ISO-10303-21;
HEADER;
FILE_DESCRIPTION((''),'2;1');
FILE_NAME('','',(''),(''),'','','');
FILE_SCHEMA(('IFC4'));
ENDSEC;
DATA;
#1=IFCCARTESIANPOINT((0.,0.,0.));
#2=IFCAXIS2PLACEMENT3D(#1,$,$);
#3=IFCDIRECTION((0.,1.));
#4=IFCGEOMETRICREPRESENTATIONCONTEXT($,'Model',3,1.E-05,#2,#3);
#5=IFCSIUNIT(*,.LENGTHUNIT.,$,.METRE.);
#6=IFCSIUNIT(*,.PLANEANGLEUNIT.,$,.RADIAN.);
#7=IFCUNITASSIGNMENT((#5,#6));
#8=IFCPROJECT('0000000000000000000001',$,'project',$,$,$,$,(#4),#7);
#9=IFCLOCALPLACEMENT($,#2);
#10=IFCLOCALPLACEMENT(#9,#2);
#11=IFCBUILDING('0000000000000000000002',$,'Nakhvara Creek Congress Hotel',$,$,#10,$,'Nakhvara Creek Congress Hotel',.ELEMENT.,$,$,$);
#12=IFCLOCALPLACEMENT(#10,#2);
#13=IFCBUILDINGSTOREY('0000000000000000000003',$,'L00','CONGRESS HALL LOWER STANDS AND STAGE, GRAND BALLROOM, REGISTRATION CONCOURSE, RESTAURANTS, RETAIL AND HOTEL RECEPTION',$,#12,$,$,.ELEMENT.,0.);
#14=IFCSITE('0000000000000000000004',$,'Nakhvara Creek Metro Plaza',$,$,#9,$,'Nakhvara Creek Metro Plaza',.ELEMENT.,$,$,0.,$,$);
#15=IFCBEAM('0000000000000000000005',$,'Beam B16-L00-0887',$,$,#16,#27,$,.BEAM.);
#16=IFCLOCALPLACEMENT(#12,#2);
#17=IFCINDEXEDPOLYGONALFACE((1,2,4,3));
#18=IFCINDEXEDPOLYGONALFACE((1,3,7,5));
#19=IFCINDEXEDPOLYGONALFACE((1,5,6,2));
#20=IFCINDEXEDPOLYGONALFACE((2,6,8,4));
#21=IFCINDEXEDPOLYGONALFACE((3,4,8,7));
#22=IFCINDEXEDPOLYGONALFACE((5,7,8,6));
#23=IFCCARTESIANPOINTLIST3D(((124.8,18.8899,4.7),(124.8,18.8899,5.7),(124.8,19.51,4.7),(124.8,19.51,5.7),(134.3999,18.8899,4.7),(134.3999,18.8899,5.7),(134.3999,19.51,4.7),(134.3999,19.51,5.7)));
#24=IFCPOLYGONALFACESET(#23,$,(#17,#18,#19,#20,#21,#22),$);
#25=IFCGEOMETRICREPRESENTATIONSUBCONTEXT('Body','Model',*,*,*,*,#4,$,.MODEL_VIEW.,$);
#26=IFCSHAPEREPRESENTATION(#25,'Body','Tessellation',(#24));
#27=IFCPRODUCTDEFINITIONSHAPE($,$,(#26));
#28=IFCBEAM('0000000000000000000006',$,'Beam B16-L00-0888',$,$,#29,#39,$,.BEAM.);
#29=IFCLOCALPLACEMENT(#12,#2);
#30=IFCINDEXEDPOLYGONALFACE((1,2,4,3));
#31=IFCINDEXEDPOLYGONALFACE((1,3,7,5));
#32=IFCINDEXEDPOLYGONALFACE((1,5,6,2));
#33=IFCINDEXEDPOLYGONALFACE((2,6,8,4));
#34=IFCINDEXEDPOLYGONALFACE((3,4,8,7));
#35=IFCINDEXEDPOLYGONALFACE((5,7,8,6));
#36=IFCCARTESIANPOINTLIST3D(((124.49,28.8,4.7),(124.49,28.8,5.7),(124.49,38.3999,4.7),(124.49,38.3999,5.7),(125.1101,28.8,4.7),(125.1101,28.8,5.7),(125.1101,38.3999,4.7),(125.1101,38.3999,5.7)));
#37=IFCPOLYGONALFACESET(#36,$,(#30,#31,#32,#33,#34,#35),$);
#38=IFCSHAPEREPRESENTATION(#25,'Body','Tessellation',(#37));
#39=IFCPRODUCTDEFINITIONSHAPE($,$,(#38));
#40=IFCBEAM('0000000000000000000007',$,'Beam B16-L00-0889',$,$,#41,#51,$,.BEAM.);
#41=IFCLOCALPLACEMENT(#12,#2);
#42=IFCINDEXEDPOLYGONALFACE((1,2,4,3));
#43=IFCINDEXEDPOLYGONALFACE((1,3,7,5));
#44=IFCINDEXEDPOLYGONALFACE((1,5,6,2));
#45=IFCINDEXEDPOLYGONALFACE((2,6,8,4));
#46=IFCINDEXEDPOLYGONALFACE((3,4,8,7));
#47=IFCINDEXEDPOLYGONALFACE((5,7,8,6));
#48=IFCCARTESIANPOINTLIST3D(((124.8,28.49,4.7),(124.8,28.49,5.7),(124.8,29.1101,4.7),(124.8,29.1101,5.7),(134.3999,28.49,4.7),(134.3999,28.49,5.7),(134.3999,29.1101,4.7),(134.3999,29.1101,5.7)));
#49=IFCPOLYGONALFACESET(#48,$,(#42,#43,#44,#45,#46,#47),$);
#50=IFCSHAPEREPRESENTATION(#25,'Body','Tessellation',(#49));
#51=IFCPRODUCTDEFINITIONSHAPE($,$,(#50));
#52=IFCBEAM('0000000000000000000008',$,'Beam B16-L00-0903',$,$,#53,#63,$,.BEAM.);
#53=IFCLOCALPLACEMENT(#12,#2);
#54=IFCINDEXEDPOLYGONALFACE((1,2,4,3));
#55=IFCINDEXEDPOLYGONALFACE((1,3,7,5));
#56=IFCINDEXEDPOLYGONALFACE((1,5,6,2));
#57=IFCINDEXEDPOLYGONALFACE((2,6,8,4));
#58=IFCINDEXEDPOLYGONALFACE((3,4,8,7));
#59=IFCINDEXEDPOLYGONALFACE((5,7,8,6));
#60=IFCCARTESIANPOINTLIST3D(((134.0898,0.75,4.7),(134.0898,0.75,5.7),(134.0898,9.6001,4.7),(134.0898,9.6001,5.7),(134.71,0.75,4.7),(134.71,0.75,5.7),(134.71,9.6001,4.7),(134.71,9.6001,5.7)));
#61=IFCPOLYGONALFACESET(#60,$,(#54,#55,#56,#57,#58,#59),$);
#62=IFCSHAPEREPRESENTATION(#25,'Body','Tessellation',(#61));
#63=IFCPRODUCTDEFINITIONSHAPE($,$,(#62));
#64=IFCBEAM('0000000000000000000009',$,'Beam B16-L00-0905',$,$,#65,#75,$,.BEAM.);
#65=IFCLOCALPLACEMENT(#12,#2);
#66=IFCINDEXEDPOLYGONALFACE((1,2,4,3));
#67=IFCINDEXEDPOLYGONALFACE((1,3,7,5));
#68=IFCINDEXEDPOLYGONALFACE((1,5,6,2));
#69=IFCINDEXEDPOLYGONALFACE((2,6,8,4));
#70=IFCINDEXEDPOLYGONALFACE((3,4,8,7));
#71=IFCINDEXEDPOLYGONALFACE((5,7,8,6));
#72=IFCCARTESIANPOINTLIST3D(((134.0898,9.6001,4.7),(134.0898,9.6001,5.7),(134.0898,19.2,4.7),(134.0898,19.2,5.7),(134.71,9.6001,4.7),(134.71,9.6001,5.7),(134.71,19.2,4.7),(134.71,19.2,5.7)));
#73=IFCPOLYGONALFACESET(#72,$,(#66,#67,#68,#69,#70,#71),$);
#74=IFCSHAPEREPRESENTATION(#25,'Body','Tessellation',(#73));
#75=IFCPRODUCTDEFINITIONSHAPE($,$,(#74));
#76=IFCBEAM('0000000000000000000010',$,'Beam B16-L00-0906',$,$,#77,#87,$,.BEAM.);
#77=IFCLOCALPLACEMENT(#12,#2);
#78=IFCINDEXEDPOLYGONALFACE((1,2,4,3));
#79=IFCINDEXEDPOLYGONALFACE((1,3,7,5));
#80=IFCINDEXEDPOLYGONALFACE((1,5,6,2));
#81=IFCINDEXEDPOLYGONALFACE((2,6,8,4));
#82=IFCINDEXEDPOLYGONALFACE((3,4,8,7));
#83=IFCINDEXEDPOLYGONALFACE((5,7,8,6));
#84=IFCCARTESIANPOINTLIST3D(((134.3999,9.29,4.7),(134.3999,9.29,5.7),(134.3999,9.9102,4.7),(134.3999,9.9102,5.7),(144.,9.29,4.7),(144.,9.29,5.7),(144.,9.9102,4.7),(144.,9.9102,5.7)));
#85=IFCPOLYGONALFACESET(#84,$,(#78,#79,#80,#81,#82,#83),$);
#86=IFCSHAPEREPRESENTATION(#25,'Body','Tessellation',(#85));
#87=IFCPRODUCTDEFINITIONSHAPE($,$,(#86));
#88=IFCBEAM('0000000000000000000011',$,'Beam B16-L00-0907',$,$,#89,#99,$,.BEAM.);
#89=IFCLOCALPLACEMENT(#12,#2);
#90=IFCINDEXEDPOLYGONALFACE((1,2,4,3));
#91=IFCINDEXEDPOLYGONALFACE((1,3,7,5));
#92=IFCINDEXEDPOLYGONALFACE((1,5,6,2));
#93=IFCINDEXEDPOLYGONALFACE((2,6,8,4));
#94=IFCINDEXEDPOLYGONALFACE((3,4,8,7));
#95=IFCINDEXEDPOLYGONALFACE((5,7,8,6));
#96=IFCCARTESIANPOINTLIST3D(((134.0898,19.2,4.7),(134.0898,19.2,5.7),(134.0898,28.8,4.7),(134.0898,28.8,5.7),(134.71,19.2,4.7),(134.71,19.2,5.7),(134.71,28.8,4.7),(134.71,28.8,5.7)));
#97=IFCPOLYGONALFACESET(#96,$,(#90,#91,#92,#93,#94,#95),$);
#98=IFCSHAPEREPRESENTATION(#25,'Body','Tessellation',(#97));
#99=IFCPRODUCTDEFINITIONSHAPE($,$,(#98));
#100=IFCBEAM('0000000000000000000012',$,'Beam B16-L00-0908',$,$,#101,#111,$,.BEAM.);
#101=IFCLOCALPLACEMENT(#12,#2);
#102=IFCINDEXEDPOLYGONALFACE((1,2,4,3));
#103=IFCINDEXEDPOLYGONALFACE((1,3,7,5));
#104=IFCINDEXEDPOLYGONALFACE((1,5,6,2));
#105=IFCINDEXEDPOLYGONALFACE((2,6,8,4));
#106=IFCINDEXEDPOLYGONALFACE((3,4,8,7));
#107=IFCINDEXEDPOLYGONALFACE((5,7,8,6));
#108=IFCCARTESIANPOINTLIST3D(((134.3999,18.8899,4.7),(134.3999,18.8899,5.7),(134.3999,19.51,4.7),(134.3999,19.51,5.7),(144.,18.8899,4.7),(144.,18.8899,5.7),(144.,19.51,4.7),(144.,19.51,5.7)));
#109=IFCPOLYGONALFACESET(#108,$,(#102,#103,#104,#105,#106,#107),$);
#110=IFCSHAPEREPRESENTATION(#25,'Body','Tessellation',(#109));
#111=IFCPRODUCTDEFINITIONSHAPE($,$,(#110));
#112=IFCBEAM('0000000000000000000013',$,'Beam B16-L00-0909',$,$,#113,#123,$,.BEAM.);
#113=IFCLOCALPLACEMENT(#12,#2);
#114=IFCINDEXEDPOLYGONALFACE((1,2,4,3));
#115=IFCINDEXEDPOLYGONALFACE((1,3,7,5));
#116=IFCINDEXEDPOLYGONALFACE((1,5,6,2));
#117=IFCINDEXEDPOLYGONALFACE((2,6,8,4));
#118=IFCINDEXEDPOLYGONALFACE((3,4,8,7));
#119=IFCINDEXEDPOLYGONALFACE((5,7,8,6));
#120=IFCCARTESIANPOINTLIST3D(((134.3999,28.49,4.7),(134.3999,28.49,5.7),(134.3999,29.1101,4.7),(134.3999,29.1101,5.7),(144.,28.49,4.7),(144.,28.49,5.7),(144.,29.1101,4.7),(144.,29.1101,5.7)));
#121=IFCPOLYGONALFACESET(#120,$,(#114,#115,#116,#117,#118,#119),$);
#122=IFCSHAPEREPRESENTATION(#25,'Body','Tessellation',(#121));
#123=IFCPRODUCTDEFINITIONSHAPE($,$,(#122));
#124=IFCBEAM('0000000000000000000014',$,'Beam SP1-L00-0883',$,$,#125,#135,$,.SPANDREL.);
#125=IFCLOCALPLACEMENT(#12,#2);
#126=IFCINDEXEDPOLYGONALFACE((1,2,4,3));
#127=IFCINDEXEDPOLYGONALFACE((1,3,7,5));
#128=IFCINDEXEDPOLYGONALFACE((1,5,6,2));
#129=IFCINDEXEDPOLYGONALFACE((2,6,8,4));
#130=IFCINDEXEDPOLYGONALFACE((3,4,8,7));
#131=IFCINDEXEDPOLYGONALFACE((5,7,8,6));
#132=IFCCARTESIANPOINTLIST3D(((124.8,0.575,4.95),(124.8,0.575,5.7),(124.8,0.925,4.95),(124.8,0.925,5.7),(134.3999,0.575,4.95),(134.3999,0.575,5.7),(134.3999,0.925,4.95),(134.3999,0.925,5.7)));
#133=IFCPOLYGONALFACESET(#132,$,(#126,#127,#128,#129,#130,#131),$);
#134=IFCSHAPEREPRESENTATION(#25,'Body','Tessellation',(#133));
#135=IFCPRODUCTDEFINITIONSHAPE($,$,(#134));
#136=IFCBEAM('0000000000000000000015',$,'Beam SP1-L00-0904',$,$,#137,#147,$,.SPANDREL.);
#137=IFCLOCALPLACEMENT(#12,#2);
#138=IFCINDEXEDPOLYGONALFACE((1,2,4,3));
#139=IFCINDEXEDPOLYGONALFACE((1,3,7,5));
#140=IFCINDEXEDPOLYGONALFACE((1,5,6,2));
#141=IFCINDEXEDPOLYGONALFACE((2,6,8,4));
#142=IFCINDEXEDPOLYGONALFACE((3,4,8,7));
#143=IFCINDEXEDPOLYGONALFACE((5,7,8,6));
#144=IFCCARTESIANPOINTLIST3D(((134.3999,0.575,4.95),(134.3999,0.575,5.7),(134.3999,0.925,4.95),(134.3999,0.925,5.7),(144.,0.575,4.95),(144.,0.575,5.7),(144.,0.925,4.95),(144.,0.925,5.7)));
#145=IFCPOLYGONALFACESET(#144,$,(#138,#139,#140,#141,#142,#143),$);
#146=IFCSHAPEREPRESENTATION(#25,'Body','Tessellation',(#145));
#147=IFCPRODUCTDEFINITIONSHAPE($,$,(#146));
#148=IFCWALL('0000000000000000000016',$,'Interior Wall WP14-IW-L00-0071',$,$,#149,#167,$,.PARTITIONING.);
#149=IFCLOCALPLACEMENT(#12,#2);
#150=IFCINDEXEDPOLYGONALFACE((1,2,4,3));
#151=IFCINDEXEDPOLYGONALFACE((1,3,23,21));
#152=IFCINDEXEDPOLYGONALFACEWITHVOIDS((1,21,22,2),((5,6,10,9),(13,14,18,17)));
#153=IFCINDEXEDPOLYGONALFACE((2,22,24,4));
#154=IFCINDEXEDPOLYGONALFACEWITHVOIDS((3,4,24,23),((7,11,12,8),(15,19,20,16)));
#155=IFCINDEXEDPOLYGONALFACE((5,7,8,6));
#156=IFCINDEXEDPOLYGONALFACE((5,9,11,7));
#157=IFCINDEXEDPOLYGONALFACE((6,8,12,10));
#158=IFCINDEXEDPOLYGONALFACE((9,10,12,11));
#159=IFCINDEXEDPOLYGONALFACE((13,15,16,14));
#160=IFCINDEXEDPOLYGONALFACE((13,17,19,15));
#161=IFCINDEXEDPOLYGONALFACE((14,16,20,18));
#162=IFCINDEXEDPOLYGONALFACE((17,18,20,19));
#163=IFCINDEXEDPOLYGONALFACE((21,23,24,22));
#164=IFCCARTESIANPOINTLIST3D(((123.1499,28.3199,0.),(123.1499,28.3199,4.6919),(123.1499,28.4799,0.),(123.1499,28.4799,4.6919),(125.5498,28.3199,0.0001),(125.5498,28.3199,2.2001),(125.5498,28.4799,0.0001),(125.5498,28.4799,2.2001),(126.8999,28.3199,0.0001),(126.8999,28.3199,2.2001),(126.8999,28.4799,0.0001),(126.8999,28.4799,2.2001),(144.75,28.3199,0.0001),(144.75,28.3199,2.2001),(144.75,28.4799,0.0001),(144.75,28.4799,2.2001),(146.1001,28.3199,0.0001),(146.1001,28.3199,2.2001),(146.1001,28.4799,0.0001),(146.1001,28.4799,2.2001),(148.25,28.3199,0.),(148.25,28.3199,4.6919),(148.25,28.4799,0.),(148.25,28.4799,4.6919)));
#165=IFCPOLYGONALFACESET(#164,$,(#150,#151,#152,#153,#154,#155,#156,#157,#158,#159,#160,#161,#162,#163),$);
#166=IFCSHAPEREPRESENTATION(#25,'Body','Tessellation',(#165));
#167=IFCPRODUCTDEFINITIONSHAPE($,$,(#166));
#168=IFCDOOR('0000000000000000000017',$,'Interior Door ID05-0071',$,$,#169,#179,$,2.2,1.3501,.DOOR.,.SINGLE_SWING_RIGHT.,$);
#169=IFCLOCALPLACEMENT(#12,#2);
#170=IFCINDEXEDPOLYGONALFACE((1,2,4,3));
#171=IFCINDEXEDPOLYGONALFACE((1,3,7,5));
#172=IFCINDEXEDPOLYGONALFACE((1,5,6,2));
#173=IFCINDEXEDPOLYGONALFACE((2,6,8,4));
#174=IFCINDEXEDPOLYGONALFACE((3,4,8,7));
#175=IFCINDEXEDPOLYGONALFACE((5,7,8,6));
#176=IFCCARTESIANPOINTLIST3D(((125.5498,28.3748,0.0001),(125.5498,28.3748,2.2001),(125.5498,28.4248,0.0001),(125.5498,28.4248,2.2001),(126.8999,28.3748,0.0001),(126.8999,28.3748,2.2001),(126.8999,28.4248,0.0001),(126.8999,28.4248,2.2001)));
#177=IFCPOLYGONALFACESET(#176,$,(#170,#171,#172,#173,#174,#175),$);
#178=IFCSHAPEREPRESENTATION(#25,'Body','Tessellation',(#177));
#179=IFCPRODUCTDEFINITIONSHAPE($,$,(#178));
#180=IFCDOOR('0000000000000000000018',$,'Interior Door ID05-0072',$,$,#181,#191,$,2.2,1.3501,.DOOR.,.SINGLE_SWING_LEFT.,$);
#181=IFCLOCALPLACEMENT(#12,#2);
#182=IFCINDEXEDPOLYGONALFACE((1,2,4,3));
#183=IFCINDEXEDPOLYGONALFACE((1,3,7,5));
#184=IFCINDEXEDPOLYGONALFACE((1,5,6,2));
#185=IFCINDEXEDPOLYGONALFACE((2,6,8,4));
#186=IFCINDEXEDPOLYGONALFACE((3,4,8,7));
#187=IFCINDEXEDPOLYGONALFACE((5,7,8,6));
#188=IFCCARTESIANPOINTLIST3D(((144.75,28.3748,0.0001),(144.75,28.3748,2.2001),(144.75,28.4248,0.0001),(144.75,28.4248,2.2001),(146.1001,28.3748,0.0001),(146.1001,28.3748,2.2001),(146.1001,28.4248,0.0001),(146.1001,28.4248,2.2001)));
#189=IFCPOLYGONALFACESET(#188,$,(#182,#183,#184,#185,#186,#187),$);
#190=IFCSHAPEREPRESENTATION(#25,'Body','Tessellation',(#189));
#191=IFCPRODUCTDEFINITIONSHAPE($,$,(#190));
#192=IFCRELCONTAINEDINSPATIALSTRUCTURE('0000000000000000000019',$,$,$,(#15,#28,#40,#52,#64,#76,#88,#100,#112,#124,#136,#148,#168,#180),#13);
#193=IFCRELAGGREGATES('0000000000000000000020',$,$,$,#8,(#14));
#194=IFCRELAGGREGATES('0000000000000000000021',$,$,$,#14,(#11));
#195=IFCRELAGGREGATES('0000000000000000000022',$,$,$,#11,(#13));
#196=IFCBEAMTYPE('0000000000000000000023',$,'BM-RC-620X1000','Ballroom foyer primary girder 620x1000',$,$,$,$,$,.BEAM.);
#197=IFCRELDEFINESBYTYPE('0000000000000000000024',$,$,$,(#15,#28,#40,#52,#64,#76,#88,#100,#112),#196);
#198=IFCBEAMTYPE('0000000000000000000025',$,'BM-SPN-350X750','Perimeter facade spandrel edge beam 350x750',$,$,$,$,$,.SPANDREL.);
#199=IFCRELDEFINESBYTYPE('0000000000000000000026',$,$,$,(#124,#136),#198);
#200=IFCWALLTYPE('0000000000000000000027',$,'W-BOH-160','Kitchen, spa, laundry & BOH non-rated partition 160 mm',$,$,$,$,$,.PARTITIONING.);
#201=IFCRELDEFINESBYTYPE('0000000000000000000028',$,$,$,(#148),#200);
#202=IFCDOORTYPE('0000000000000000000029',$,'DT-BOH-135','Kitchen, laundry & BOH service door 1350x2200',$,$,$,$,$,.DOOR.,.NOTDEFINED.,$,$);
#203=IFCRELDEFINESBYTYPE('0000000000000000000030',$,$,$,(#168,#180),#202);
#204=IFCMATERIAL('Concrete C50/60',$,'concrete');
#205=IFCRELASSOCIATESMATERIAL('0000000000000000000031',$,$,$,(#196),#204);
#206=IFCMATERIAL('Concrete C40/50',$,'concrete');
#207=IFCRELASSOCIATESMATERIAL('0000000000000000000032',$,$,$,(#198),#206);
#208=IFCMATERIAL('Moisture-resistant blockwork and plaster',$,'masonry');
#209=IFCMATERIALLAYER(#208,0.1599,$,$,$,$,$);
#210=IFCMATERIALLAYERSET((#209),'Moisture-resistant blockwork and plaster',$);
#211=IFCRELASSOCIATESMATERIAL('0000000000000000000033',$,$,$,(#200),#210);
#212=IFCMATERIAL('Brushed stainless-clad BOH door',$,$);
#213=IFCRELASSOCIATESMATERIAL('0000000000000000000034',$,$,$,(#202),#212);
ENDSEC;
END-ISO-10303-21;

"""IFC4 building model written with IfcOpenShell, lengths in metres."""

from ifc_helpers import new_model, si_unit, direction, frame, frame_2d, origin, origin_2d, place, context, subcontext, project, spatial, rectangle, extrude, material, layer, layer_set, material_profile, profile_set, type_object, element, fill, save


model = new_model("IFC4")

# Units and contexts
model_context = context("Model", 3, precision=1e-05, world=origin(), true_north=direction((0.0, 1.0)))
body_context = subcontext(model_context, "Body", "Model", "MODEL_VIEW")
ifc_project = project(units=[si_unit("LENGTHUNIT", "METRE"), si_unit("PLANEANGLEUNIT", "RADIAN")], contexts=[model_context])

# Site, building, storey
site_placement = place(None, origin())
site = spatial("IfcSite", under=ifc_project, at=site_placement, Name="Nakhvara Creek Metro Plaza", LongName="Nakhvara Creek Metro Plaza", CompositionType="ELEMENT", RefElevation=0.0)
building_placement = place(site_placement, origin())
building = spatial("IfcBuilding", under=site, at=building_placement, Name="Nakhvara Creek Congress Hotel", LongName="Nakhvara Creek Congress Hotel", CompositionType="ELEMENT")
storey_placement = place(building_placement, origin())
storey = spatial("IfcBuildingStorey", under=building, at=storey_placement, Name="L00", Description="CONGRESS HALL LOWER STANDS AND STAGE, GRAND BALLROOM, REGISTRATION CONCOURSE, RESTAURANTS, RETAIL AND HOTEL RECEPTION", CompositionType="ELEMENT", Elevation=0.0)

# Shared definitions
ifc_material_1 = material(Name="Concrete C50/60", Category="concrete")

# Beams
ifc_material_2 = material(Name="Concrete C40/50", Category="concrete")
ifc_material_profile_1 = material_profile(ifc_material_1, rectangle(XDim=0.6201, YDim=1.0, at=origin_2d()), Name="RC-BM 620x1000", Category="LoadBearing")
ifc_profile_set_1 = profile_set([ifc_material_profile_1], Name="Concrete C50/60")
beam_type_1 = type_object("IfcBeamType", Name="BM-RC-620X1000", Description="Ballroom foyer primary girder 620x1000", PredefinedType="BEAM", material=ifc_profile_set_1)
for number, where, z_axis, x_axis, name in (
    (1, (124.8, 19.2, 5.2), (1.0, 0.0, 0.0), (0.0, 1.0, 0.0), "Beam B16-L00-0887"),
    (2, (124.8, 28.8, 5.2), (0.0, 1.0, 0.0), (-1.0, 0.0, 0.0), "Beam B16-L00-0888"),
    (3, (124.8, 28.8, 5.2), (1.0, 0.0, 0.0), (0.0, 1.0, 0.0), "Beam B16-L00-0889"),
):
    element("IfcBeam", number, at=place(storey_placement, frame(where, z_axis=z_axis, x_axis=x_axis)), inside=storey, type_object=beam_type_1, Name=name, PredefinedType="BEAM", context=body_context, shape_type="SweptSolid", body=[
        extrude(rectangle(XDim=0.6201, YDim=1.0, at=origin_2d()), origin(), (0.0, 0.0, 1.0), 9.5999),
    ])
beam_1_placement = place(storey_placement, frame((134.3999, 0.75, 5.2), z_axis=(0.0, 1.0, 0.0), x_axis=(-1.0, 0.0, 0.0)))
element("IfcBeam", 4, at=beam_1_placement, inside=storey, type_object=beam_type_1, Name="Beam B16-L00-0903", PredefinedType="BEAM", context=body_context, shape_type="SweptSolid", body=[
    extrude(rectangle(XDim=0.6201, YDim=1.0, at=origin_2d()), origin(), (0.0, 0.0, 1.0), 8.8501),
])
beam_2_placement = place(storey_placement, frame((134.3999, 9.6001, 5.2), z_axis=(0.0, 1.0, 0.0), x_axis=(-1.0, 0.0, 0.0)))
element("IfcBeam", 5, at=beam_2_placement, inside=storey, type_object=beam_type_1, Name="Beam B16-L00-0905", PredefinedType="BEAM", context=body_context, shape_type="SweptSolid", body=[
    extrude(rectangle(XDim=0.6201, YDim=1.0, at=origin_2d()), origin(), (0.0, 0.0, 1.0), 9.5999),
])
for number, where, z_axis, x_axis, name in (
    (6, (134.3999, 9.6001, 5.2), (1.0, 0.0, 0.0), (0.0, 1.0, 0.0), "Beam B16-L00-0906"),
    (7, (134.3999, 19.2, 5.2), (0.0, 1.0, 0.0), (-1.0, 0.0, 0.0), "Beam B16-L00-0907"),
    (8, (134.3999, 19.2, 5.2), (1.0, 0.0, 0.0), (0.0, 1.0, 0.0), "Beam B16-L00-0908"),
    (9, (134.3999, 28.8, 5.2), (1.0, 0.0, 0.0), (0.0, 1.0, 0.0), "Beam B16-L00-0909"),
):
    element("IfcBeam", number, at=place(storey_placement, frame(where, z_axis=z_axis, x_axis=x_axis)), inside=storey, type_object=beam_type_1, Name=name, PredefinedType="BEAM", context=body_context, shape_type="SweptSolid", body=[
        extrude(rectangle(XDim=0.6201, YDim=1.0, at=origin_2d()), origin(), (0.0, 0.0, 1.0), 9.6001),
    ])
ifc_material_profile_2 = material_profile(ifc_material_2, rectangle(XDim=0.3501, YDim=0.75, at=origin_2d()), Name="RC-SPANDREL 350x750", Category="LoadBearing")
ifc_profile_set_2 = profile_set([ifc_material_profile_2], Name="Concrete C40/50")
beam_type_2 = type_object("IfcBeamType", Name="BM-SPN-350X750", Description="Perimeter facade spandrel edge beam 350x750", PredefinedType="SPANDREL", material=ifc_profile_set_2)
beam_3_placement = place(storey_placement, frame((124.8, 0.75, 5.325), z_axis=(1.0, 0.0, 0.0), x_axis=(0.0, 1.0, 0.0)))
element("IfcBeam", 10, at=beam_3_placement, inside=storey, type_object=beam_type_2, Name="Beam SP1-L00-0883", PredefinedType="SPANDREL", context=body_context, shape_type="SweptSolid", body=[
    extrude(rectangle(XDim=0.3501, YDim=0.75, at=origin_2d()), origin(), (0.0, 0.0, 1.0), 9.5999),
])
beam_4_placement = place(storey_placement, frame((134.3999, 0.75, 5.325), z_axis=(1.0, 0.0, 0.0), x_axis=(0.0, 1.0, 0.0)))
element("IfcBeam", 11, at=beam_4_placement, inside=storey, type_object=beam_type_2, Name="Beam SP1-L00-0904", PredefinedType="SPANDREL", context=body_context, shape_type="SweptSolid", body=[
    extrude(rectangle(XDim=0.3501, YDim=0.75, at=origin_2d()), origin(), (0.0, 0.0, 1.0), 9.6001),
])

# Wall, openings, doors
ifc_material_3 = material(Name="Moisture-resistant blockwork and plaster", Category="masonry")
ifc_layer_1 = layer(ifc_material_3, 0.1599)
ifc_layer_set_1 = layer_set([ifc_layer_1], Name="Moisture-resistant blockwork and plaster")
wall_type_1 = type_object("IfcWallType", Name="W-BOH-160", Description="Kitchen, spa, laundry & BOH non-rated partition 160 mm", PredefinedType="PARTITIONING", material=ifc_layer_set_1)
wall_1_placement = place(storey_placement, frame((123.1499, 28.3999, 0.0), z_axis=(0.0, 0.0, 1.0), x_axis=(1.0, 0.0, 0.0)))
wall_1 = element("IfcWall", 12, at=wall_1_placement, inside=storey, type_object=wall_type_1, Name="Interior Wall WP14-IW-L00-0071", PredefinedType="PARTITIONING", context=body_context, shape_type="SweptSolid", body=[
    extrude(rectangle(XDim=25.1001, YDim=0.1599, at=frame_2d((12.55, 0.0))), origin(), (0.0, 0.0, 1.0), 4.6919),
])
opening_1_placement = place(wall_1_placement, frame((2.3999, 0.0, 0.0)))
opening_1 = element("IfcOpeningElement", 13, at=opening_1_placement, cuts=wall_1, PredefinedType="OPENING", context=body_context, shape_type="SweptSolid", body=[
    extrude(rectangle(XDim=1.3501, YDim=2.2, at=frame_2d((0.675, 1.1001))), frame((0.0, 0.0918, 0.0), z_axis=(0.0, -1.0, 0.0), x_axis=(1.0, 0.0, 0.0)), (0.0, 0.0, 1.0), 0.1838),
])
opening_2_placement = place(wall_1_placement, frame((21.6001, 0.0, 0.0)))
opening_2 = element("IfcOpeningElement", 14, at=opening_2_placement, cuts=wall_1, PredefinedType="OPENING", context=body_context, shape_type="SweptSolid", body=[
    extrude(rectangle(XDim=1.3501, YDim=2.2, at=frame_2d((0.675, 1.1001))), frame((0.0, 0.0918, 0.0), z_axis=(0.0, -1.0, 0.0), x_axis=(1.0, 0.0, 0.0)), (0.0, 0.0, 1.0), 0.1838),
])
ifc_material_4 = material(Name="Brushed stainless-clad BOH door")
door_type_1 = type_object("IfcDoorType", Name="DT-BOH-135", Description="Kitchen, laundry & BOH service door 1350x2200", OperationType="NOTDEFINED", PredefinedType="DOOR", material=ifc_material_4)
door_1_placement = place(opening_1_placement, origin())
door_1 = element("IfcDoor", 15, at=door_1_placement, inside=storey, type_object=door_type_1, Name="Interior Door ID05-0071", OperationType="SINGLE_SWING_RIGHT", OverallHeight=2.2, OverallWidth=1.3501, PredefinedType="DOOR", context=body_context, shape_type="SweptSolid", body=[
    extrude(rectangle(XDim=1.3501, YDim=2.2, at=frame_2d((0.675, 1.1001))), frame((0.0, 0.0249, 0.0), z_axis=(0.0, -1.0, 0.0), x_axis=(1.0, 0.0, 0.0)), (0.0, 0.0, 1.0), 0.05),
])
fill(opening_1, door_1)
door_2_placement = place(opening_2_placement, origin())
door_2 = element("IfcDoor", 16, at=door_2_placement, inside=storey, type_object=door_type_1, Name="Interior Door ID05-0072", OperationType="SINGLE_SWING_LEFT", OverallHeight=2.2, OverallWidth=1.3501, PredefinedType="DOOR", context=body_context, shape_type="SweptSolid", body=[
    extrude(rectangle(XDim=1.3501, YDim=2.2, at=frame_2d((0.675, 1.1001))), frame((0.0, 0.0249, 0.0), z_axis=(0.0, -1.0, 0.0), x_axis=(1.0, 0.0, 0.0)), (0.0, 0.0, 1.0), 0.05),
])
fill(opening_2, door_2)

save(model, "model.ifc")
